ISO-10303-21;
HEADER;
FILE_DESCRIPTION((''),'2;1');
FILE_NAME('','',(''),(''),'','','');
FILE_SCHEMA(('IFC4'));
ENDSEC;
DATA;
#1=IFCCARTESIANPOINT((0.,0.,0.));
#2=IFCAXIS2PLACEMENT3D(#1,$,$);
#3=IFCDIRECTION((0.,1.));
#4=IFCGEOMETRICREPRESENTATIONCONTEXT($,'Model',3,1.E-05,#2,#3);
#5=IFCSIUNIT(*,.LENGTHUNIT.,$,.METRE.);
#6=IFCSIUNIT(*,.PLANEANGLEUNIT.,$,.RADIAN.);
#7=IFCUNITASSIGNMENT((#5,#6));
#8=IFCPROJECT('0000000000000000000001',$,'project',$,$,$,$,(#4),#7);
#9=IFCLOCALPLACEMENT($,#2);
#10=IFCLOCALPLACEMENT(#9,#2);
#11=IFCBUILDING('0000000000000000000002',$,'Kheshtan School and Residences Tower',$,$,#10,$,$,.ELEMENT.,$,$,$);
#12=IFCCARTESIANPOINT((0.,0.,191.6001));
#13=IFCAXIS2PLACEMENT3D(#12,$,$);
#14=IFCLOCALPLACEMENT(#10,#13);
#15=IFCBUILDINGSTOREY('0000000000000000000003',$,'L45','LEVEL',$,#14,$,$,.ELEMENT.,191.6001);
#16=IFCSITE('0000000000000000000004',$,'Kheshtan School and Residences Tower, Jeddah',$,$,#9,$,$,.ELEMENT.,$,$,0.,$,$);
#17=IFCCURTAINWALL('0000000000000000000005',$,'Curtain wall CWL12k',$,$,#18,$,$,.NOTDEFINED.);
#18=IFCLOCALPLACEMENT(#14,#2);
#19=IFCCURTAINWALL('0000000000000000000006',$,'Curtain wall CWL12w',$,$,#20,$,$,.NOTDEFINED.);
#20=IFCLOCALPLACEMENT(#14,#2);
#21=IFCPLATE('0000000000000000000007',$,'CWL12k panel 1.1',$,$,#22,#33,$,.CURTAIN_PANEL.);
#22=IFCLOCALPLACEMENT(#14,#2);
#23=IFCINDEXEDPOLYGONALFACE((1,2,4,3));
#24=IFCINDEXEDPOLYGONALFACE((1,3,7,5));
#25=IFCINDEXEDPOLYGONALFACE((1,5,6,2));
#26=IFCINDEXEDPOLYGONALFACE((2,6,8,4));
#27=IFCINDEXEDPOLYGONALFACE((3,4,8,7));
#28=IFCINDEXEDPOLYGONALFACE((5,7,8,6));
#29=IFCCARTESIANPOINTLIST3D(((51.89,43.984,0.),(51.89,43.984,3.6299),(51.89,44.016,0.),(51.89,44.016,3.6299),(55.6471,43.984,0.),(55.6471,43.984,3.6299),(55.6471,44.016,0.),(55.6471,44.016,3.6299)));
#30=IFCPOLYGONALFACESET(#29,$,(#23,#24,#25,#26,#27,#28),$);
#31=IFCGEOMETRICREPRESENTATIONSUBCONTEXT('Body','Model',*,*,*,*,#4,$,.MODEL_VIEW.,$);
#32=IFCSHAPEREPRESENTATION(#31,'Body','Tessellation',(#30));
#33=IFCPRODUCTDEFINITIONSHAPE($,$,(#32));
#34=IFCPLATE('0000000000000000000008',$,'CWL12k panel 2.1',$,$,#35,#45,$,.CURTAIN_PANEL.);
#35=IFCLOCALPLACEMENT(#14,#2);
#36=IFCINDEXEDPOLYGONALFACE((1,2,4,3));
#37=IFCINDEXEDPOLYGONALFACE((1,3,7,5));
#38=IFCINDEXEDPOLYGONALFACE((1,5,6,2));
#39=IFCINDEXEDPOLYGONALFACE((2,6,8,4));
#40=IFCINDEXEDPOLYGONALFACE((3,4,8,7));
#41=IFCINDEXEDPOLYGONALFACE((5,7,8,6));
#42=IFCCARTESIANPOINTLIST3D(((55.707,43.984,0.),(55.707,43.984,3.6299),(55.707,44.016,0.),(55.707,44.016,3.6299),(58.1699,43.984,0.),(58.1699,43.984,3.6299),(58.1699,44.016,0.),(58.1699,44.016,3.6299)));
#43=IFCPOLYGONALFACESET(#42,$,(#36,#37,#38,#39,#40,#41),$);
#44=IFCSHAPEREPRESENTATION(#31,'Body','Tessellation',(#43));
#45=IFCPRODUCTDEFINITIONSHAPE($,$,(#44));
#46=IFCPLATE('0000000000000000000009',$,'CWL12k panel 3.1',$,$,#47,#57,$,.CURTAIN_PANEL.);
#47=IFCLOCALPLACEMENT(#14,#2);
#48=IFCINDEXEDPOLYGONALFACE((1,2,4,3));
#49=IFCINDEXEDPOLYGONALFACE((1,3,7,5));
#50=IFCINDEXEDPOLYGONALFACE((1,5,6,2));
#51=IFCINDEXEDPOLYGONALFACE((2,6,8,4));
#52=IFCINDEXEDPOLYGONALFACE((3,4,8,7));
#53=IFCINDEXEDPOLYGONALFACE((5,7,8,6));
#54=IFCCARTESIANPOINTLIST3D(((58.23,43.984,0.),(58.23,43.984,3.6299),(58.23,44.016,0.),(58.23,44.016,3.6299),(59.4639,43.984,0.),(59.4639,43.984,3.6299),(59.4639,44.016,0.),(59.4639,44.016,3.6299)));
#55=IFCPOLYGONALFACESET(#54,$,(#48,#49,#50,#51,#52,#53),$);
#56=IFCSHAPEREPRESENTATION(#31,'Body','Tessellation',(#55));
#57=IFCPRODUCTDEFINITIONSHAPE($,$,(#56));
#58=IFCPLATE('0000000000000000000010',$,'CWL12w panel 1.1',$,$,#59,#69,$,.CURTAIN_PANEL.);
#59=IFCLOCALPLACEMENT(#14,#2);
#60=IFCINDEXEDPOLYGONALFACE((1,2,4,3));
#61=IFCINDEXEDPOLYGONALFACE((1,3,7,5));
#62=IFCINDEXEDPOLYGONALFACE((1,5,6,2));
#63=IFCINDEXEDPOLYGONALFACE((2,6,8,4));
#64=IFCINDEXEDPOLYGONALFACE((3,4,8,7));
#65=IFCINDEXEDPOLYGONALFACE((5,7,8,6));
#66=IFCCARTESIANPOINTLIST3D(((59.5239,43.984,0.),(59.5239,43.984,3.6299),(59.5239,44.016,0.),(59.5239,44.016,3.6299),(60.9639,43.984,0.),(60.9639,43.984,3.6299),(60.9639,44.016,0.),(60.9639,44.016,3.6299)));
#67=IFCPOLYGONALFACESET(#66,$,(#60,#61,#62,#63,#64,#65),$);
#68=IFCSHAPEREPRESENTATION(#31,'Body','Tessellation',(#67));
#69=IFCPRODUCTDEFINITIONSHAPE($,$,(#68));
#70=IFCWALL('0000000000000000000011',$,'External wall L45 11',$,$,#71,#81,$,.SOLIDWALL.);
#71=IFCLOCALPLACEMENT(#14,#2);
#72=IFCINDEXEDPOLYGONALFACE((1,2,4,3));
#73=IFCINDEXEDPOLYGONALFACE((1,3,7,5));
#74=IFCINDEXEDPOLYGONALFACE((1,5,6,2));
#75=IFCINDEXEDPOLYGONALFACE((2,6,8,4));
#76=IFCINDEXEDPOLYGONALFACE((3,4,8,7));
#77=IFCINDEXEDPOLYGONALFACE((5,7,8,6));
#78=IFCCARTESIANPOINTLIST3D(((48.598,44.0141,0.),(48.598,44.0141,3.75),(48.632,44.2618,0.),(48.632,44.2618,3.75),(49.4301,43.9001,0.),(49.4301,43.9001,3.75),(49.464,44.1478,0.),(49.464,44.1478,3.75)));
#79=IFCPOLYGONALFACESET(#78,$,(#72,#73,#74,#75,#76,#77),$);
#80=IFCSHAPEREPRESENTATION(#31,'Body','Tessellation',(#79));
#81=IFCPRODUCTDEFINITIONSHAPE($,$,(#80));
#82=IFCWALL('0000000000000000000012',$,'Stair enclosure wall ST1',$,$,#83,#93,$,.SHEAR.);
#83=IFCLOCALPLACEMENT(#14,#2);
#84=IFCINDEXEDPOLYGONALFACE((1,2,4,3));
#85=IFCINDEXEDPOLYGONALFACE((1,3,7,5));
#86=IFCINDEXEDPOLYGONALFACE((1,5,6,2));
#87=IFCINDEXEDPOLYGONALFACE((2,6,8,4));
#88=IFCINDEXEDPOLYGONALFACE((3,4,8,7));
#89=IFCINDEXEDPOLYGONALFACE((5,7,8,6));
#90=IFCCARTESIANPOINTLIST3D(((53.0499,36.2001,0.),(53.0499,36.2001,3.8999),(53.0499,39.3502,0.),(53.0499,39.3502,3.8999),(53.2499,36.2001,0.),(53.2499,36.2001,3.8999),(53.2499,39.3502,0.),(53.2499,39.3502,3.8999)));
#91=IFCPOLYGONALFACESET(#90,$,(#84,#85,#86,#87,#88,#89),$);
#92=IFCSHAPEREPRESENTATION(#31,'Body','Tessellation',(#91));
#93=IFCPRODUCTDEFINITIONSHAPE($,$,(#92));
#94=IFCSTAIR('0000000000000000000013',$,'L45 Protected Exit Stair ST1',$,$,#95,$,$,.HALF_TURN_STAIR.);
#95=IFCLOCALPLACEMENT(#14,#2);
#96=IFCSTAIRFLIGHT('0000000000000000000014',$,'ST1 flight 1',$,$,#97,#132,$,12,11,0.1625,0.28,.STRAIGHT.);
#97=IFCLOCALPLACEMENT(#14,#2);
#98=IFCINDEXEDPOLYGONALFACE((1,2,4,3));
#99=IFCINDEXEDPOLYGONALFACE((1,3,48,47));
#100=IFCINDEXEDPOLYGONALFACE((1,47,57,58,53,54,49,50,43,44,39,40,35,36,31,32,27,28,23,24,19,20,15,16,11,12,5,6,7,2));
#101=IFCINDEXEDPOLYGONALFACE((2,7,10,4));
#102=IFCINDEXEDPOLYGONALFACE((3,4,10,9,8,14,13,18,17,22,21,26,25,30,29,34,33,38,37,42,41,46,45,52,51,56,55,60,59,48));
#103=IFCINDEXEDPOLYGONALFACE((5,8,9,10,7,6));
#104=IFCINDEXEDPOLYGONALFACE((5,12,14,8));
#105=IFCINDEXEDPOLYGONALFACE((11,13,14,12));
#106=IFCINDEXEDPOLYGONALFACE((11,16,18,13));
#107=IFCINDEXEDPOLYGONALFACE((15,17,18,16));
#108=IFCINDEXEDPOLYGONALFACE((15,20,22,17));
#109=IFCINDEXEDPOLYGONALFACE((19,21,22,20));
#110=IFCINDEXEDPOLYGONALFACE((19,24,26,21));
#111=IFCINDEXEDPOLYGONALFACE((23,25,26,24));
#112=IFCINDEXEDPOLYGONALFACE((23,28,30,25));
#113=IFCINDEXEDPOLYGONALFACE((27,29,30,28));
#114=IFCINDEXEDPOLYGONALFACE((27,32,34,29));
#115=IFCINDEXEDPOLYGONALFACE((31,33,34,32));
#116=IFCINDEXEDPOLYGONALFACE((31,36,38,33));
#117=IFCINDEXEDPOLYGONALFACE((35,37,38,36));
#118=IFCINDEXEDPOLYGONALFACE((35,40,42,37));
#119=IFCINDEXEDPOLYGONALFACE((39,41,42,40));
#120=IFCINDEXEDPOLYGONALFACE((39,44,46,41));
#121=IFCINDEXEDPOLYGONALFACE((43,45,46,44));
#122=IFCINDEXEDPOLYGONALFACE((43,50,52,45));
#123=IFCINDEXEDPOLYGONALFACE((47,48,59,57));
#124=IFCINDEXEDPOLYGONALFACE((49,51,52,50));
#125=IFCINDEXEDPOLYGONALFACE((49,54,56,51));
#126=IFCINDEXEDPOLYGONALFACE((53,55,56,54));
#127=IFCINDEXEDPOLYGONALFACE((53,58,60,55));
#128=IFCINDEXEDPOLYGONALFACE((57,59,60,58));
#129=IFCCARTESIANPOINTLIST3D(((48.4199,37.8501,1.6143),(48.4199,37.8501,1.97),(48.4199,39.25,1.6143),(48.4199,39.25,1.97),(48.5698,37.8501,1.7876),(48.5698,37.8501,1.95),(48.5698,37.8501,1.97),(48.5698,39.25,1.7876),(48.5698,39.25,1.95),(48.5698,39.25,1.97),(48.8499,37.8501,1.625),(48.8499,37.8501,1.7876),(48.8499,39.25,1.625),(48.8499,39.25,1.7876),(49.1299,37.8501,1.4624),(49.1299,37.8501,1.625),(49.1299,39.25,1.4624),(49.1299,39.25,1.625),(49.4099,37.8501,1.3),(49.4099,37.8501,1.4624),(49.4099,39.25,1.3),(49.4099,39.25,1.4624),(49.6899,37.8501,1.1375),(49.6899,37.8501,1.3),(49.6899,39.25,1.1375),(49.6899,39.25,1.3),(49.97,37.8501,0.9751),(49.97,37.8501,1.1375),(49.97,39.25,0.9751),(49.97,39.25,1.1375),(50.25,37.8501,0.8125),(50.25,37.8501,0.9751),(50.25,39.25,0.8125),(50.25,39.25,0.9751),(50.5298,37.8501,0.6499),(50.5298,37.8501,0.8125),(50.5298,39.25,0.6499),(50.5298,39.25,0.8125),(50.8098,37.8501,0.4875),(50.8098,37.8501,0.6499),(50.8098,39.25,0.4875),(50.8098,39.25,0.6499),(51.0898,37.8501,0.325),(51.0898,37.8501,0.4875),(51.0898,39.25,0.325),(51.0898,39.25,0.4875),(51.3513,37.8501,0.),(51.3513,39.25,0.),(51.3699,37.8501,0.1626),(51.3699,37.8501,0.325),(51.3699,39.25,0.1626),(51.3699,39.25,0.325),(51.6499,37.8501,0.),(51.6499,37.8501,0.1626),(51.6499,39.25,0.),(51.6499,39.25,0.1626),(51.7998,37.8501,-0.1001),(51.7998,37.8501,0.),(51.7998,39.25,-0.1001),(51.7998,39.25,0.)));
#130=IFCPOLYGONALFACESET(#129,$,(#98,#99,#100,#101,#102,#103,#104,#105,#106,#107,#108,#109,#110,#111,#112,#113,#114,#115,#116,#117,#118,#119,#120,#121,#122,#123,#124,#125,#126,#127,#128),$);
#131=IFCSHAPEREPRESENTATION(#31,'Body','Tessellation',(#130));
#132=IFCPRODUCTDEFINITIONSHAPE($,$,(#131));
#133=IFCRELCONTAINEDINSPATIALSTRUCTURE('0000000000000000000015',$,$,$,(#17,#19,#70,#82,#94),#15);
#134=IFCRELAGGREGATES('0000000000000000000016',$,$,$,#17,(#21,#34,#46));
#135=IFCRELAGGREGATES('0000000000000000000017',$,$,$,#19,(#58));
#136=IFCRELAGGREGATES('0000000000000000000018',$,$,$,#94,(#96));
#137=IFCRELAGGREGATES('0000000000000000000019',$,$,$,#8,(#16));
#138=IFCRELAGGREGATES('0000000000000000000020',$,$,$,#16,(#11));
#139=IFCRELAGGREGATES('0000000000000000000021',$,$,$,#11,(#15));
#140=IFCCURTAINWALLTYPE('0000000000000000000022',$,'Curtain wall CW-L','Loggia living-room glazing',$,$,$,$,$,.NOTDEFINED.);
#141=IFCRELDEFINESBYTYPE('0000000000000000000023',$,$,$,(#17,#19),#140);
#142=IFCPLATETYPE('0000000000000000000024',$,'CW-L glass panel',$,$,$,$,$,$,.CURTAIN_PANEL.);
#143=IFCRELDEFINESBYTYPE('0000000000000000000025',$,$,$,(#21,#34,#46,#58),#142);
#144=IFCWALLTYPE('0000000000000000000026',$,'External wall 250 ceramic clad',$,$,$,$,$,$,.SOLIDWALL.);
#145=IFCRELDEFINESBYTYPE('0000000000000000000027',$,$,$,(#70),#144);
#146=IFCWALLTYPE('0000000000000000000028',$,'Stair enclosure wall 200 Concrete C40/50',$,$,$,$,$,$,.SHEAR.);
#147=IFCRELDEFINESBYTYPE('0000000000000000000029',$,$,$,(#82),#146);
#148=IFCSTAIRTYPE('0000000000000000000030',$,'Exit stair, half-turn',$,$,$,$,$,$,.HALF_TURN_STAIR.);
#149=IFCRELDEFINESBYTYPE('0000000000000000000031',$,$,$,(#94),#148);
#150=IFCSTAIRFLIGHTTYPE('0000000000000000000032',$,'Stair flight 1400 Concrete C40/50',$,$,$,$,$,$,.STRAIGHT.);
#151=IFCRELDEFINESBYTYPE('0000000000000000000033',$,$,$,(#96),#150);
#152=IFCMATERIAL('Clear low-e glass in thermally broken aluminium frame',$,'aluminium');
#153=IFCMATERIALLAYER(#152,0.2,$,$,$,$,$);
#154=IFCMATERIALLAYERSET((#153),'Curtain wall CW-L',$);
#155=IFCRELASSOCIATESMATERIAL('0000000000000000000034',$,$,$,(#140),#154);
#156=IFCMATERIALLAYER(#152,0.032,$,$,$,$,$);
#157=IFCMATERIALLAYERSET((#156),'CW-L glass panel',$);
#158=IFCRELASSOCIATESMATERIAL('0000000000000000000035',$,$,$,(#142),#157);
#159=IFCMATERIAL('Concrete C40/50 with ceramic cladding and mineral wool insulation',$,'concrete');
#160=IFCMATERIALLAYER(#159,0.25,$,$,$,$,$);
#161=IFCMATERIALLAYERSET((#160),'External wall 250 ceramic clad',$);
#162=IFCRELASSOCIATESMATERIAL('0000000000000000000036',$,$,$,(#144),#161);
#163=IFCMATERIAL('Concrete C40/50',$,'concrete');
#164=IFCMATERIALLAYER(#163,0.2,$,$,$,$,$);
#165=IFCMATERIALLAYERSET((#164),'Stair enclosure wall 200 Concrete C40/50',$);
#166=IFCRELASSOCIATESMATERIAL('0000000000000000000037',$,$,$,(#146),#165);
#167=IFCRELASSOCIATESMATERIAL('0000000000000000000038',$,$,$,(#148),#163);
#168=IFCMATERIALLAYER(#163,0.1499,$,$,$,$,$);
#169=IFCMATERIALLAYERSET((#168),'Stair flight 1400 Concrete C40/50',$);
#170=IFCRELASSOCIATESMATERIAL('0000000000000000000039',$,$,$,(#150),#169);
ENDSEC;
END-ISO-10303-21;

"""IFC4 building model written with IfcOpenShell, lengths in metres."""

from ifc_helpers import new_model, si_unit, direction, frame, frame_2d, origin, origin_2d, place, context, subcontext, project, spatial, polyline, rectangle, outline, extrude, material, layer, layer_set, type_object, element, aggregate, save


model = new_model("IFC4")

# Units and contexts
model_context = context("Model", 3, precision=1e-05, world=origin(), true_north=direction((0.0, 1.0)))
body_context = subcontext(model_context, "Body", "Model", "MODEL_VIEW")
ifc_project = project(units=[si_unit("LENGTHUNIT", "METRE"), si_unit("PLANEANGLEUNIT", "RADIAN")], contexts=[model_context])

# Site, building, storey
site_placement = place(None, origin())
site = spatial("IfcSite", under=ifc_project, at=site_placement, Name="Kheshtan School and Residences Tower, Jeddah", CompositionType="ELEMENT", RefElevation=0.0)
building_placement = place(site_placement, origin())
building = spatial("IfcBuilding", under=site, at=building_placement, Name="Kheshtan School and Residences Tower", CompositionType="ELEMENT")
storey_placement = place(building_placement, frame((0.0, 0.0, 191.6001)))
storey = spatial("IfcBuildingStorey", under=building, at=storey_placement, Name="L45", Description="LEVEL", CompositionType="ELEMENT", Elevation=191.6001)

# Curtain wall
ifc_material_1 = material(Name="Clear low-e glass in thermally broken aluminium frame", Category="aluminium")
ifc_layer_1 = layer(ifc_material_1, 0.2)
ifc_layer_set_1 = layer_set([ifc_layer_1], Name="Curtain wall CW-L")
curtain_wall_type = type_object("IfcCurtainWallType", Name="Curtain wall CW-L", Description="Loggia living-room glazing", PredefinedType="NOTDEFINED", material=ifc_layer_set_1)
curtain_wall_1_placement = place(storey_placement, origin())
curtain_wall_1 = element("IfcCurtainWall", 1, at=curtain_wall_1_placement, inside=storey, type_object=curtain_wall_type, Name="Curtain wall CWL12k", PredefinedType="NOTDEFINED")

# Curtain wall
curtain_wall_2_placement = place(storey_placement, origin())
curtain_wall_2 = element("IfcCurtainWall", 2, at=curtain_wall_2_placement, inside=storey, type_object=curtain_wall_type, Name="Curtain wall CWL12w", PredefinedType="NOTDEFINED")

# Plates
ifc_layer_2 = layer(ifc_material_1, 0.032)
ifc_layer_set_2 = layer_set([ifc_layer_2], Name="CW-L glass panel")
plate_type = type_object("IfcPlateType", Name="CW-L glass panel", PredefinedType="CURTAIN_PANEL", material=ifc_layer_set_2)
plate_1_placement = place(storey_placement, frame((53.7686, 44.0, 0.0), z_axis=(0.0, 0.0, 1.0), x_axis=(1.0, 0.0, 0.0)))
plate_1 = element("IfcPlate", 3, at=plate_1_placement, type_object=plate_type, Name="CWL12k panel 1.1", PredefinedType="CURTAIN_PANEL", context=body_context, shape_type="SweptSolid", body=[
    extrude(rectangle(XDim=3.7571, YDim=0.032, at=origin_2d()), origin(), (0.0, 0.0, 1.0), 3.6299),
])
plate_2_placement = place(storey_placement, frame((56.9385, 44.0, 0.0), z_axis=(0.0, 0.0, 1.0), x_axis=(1.0, 0.0, 0.0)))
plate_2 = element("IfcPlate", 4, at=plate_2_placement, type_object=plate_type, Name="CWL12k panel 2.1", PredefinedType="CURTAIN_PANEL", context=body_context, shape_type="SweptSolid", body=[
    extrude(rectangle(XDim=2.4629, YDim=0.032, at=origin_2d()), origin(), (0.0, 0.0, 1.0), 3.6299),
])
plate_3_placement = place(storey_placement, frame((58.8469, 44.0, 0.0), z_axis=(0.0, 0.0, 1.0), x_axis=(1.0, 0.0, 0.0)))
plate_3 = element("IfcPlate", 5, at=plate_3_placement, type_object=plate_type, Name="CWL12k panel 3.1", PredefinedType="CURTAIN_PANEL", context=body_context, shape_type="SweptSolid", body=[
    extrude(rectangle(XDim=1.2339, YDim=0.032, at=origin_2d()), origin(), (0.0, 0.0, 1.0), 3.6299),
])
aggregate(curtain_wall_1, [plate_1, plate_2, plate_3])
plate_4_placement = place(storey_placement, frame((60.2439, 44.0, 0.0), z_axis=(0.0, 0.0, 1.0), x_axis=(1.0, 0.0, 0.0)))
plate_4 = element("IfcPlate", 6, at=plate_4_placement, type_object=plate_type, Name="CWL12w panel 1.1", PredefinedType="CURTAIN_PANEL", context=body_context, shape_type="SweptSolid", body=[
    extrude(rectangle(XDim=1.4399, YDim=0.032, at=origin_2d()), origin(), (0.0, 0.0, 1.0), 3.6299),
])
aggregate(curtain_wall_2, [plate_4])

# Wall
ifc_material_2 = material(Name="Concrete C40/50 with ceramic cladding and mineral wool insulation", Category="concrete")
ifc_layer_3 = layer(ifc_material_2, 0.25)
ifc_layer_set_3 = layer_set([ifc_layer_3], Name="External wall 250 ceramic clad")
wall_type_1 = type_object("IfcWallType", Name="External wall 250 ceramic clad", PredefinedType="SOLIDWALL", material=ifc_layer_set_3)
wall_1_placement = place(storey_placement, frame((48.615, 44.1379, 0.0), z_axis=(0.0, 0.0, 1.0), x_axis=(0.990742, -0.135762, 0.0)))
element("IfcWall", 7, at=wall_1_placement, inside=storey, type_object=wall_type_1, Name="External wall L45 11", PredefinedType="SOLIDWALL", context=body_context, shape_type="SweptSolid", body=[
    extrude(rectangle(XDim=0.8398, YDim=0.25, at=frame_2d((0.4199, 0.0))), origin(), (0.0, 0.0, 1.0), 3.75),
])

# Wall
ifc_material_3 = material(Name="Concrete C40/50", Category="concrete")
ifc_layer_4 = layer(ifc_material_3, 0.2)
ifc_layer_set_4 = layer_set([ifc_layer_4], Name="Stair enclosure wall 200 Concrete C40/50")
wall_type_2 = type_object("IfcWallType", Name="Stair enclosure wall 200 Concrete C40/50", PredefinedType="SHEAR", material=ifc_layer_set_4)
wall_2_placement = place(storey_placement, frame((53.1499, 36.2, 0.0), z_axis=(0.0, 0.0, 1.0), x_axis=(0.0, 1.0, 0.0)))
element("IfcWall", 8, at=wall_2_placement, inside=storey, type_object=wall_type_2, Name="Stair enclosure wall ST1", PredefinedType="SHEAR", context=body_context, shape_type="SweptSolid", body=[
    extrude(rectangle(XDim=3.1501, YDim=0.2, at=frame_2d((1.5752, 0.0))), origin(), (0.0, 0.0, 1.0), 3.8999),
])

# Stair, stair flight
stair_type = type_object("IfcStairType", Name="Exit stair, half-turn", PredefinedType="HALF_TURN_STAIR", material=ifc_material_3)
stair_placement = place(storey_placement, origin())
stair = element("IfcStair", 9, at=stair_placement, inside=storey, type_object=stair_type, Name="L45 Protected Exit Stair ST1", PredefinedType="HALF_TURN_STAIR")
ifc_layer_5 = layer(ifc_material_3, 0.1499)
ifc_layer_set_5 = layer_set([ifc_layer_5], Name="Stair flight 1400 Concrete C40/50")
stair_flight_type = type_object("IfcStairFlightType", Name="Stair flight 1400 Concrete C40/50", PredefinedType="STRAIGHT", material=ifc_layer_set_5)
stair_flight_placement = place(storey_placement, frame((51.6499, 38.55, 0.0), z_axis=(0.0, 0.0, 1.0), x_axis=(-1.0, 0.0, 0.0)))
stair_flight = element("IfcStairFlight", 10, at=stair_flight_placement, type_object=stair_flight_type, Name="ST1 flight 1", NumberOfRisers=12, NumberOfTreads=11, PredefinedType="STRAIGHT", RiserHeight=0.1625, TreadLength=0.28, context=body_context, shape_type="SweptSolid", body=[
    extrude(outline(polyline([(-0.1499, -0.1001), (-0.1499, 0.0), (0.0, 0.0), (0.0, 0.1626), (0.28, 0.1626), (0.28, 0.325), (0.5601, 0.325), (0.5601, 0.4875), (0.8401, 0.4875), (0.8401, 0.6499), (1.1201, 0.6499), (1.1201, 0.8125), (1.3999, 0.8125), (1.3999, 0.9751), (1.6799, 0.9751), (1.6799, 1.1375), (1.96, 1.1375), (1.96, 1.3), (2.24, 1.3), (2.24, 1.4624), (2.52, 1.4624), (2.52, 1.625), (2.8, 1.625), (2.8, 1.7876), (3.0801, 1.7876), (3.0801, 1.95), (3.0801, 1.97), (3.23, 1.97), (3.23, 1.6143), (0.2986, 0.0), (-0.1499, -0.1001)])), frame((0.0, 0.7, 0.0), z_axis=(0.0, -1.0, 0.0), x_axis=(1.0, 0.0, 0.0)), (0.0, 0.0, 1.0), 1.3999),
])
aggregate(stair, [stair_flight])

save(model, "model.ifc")
